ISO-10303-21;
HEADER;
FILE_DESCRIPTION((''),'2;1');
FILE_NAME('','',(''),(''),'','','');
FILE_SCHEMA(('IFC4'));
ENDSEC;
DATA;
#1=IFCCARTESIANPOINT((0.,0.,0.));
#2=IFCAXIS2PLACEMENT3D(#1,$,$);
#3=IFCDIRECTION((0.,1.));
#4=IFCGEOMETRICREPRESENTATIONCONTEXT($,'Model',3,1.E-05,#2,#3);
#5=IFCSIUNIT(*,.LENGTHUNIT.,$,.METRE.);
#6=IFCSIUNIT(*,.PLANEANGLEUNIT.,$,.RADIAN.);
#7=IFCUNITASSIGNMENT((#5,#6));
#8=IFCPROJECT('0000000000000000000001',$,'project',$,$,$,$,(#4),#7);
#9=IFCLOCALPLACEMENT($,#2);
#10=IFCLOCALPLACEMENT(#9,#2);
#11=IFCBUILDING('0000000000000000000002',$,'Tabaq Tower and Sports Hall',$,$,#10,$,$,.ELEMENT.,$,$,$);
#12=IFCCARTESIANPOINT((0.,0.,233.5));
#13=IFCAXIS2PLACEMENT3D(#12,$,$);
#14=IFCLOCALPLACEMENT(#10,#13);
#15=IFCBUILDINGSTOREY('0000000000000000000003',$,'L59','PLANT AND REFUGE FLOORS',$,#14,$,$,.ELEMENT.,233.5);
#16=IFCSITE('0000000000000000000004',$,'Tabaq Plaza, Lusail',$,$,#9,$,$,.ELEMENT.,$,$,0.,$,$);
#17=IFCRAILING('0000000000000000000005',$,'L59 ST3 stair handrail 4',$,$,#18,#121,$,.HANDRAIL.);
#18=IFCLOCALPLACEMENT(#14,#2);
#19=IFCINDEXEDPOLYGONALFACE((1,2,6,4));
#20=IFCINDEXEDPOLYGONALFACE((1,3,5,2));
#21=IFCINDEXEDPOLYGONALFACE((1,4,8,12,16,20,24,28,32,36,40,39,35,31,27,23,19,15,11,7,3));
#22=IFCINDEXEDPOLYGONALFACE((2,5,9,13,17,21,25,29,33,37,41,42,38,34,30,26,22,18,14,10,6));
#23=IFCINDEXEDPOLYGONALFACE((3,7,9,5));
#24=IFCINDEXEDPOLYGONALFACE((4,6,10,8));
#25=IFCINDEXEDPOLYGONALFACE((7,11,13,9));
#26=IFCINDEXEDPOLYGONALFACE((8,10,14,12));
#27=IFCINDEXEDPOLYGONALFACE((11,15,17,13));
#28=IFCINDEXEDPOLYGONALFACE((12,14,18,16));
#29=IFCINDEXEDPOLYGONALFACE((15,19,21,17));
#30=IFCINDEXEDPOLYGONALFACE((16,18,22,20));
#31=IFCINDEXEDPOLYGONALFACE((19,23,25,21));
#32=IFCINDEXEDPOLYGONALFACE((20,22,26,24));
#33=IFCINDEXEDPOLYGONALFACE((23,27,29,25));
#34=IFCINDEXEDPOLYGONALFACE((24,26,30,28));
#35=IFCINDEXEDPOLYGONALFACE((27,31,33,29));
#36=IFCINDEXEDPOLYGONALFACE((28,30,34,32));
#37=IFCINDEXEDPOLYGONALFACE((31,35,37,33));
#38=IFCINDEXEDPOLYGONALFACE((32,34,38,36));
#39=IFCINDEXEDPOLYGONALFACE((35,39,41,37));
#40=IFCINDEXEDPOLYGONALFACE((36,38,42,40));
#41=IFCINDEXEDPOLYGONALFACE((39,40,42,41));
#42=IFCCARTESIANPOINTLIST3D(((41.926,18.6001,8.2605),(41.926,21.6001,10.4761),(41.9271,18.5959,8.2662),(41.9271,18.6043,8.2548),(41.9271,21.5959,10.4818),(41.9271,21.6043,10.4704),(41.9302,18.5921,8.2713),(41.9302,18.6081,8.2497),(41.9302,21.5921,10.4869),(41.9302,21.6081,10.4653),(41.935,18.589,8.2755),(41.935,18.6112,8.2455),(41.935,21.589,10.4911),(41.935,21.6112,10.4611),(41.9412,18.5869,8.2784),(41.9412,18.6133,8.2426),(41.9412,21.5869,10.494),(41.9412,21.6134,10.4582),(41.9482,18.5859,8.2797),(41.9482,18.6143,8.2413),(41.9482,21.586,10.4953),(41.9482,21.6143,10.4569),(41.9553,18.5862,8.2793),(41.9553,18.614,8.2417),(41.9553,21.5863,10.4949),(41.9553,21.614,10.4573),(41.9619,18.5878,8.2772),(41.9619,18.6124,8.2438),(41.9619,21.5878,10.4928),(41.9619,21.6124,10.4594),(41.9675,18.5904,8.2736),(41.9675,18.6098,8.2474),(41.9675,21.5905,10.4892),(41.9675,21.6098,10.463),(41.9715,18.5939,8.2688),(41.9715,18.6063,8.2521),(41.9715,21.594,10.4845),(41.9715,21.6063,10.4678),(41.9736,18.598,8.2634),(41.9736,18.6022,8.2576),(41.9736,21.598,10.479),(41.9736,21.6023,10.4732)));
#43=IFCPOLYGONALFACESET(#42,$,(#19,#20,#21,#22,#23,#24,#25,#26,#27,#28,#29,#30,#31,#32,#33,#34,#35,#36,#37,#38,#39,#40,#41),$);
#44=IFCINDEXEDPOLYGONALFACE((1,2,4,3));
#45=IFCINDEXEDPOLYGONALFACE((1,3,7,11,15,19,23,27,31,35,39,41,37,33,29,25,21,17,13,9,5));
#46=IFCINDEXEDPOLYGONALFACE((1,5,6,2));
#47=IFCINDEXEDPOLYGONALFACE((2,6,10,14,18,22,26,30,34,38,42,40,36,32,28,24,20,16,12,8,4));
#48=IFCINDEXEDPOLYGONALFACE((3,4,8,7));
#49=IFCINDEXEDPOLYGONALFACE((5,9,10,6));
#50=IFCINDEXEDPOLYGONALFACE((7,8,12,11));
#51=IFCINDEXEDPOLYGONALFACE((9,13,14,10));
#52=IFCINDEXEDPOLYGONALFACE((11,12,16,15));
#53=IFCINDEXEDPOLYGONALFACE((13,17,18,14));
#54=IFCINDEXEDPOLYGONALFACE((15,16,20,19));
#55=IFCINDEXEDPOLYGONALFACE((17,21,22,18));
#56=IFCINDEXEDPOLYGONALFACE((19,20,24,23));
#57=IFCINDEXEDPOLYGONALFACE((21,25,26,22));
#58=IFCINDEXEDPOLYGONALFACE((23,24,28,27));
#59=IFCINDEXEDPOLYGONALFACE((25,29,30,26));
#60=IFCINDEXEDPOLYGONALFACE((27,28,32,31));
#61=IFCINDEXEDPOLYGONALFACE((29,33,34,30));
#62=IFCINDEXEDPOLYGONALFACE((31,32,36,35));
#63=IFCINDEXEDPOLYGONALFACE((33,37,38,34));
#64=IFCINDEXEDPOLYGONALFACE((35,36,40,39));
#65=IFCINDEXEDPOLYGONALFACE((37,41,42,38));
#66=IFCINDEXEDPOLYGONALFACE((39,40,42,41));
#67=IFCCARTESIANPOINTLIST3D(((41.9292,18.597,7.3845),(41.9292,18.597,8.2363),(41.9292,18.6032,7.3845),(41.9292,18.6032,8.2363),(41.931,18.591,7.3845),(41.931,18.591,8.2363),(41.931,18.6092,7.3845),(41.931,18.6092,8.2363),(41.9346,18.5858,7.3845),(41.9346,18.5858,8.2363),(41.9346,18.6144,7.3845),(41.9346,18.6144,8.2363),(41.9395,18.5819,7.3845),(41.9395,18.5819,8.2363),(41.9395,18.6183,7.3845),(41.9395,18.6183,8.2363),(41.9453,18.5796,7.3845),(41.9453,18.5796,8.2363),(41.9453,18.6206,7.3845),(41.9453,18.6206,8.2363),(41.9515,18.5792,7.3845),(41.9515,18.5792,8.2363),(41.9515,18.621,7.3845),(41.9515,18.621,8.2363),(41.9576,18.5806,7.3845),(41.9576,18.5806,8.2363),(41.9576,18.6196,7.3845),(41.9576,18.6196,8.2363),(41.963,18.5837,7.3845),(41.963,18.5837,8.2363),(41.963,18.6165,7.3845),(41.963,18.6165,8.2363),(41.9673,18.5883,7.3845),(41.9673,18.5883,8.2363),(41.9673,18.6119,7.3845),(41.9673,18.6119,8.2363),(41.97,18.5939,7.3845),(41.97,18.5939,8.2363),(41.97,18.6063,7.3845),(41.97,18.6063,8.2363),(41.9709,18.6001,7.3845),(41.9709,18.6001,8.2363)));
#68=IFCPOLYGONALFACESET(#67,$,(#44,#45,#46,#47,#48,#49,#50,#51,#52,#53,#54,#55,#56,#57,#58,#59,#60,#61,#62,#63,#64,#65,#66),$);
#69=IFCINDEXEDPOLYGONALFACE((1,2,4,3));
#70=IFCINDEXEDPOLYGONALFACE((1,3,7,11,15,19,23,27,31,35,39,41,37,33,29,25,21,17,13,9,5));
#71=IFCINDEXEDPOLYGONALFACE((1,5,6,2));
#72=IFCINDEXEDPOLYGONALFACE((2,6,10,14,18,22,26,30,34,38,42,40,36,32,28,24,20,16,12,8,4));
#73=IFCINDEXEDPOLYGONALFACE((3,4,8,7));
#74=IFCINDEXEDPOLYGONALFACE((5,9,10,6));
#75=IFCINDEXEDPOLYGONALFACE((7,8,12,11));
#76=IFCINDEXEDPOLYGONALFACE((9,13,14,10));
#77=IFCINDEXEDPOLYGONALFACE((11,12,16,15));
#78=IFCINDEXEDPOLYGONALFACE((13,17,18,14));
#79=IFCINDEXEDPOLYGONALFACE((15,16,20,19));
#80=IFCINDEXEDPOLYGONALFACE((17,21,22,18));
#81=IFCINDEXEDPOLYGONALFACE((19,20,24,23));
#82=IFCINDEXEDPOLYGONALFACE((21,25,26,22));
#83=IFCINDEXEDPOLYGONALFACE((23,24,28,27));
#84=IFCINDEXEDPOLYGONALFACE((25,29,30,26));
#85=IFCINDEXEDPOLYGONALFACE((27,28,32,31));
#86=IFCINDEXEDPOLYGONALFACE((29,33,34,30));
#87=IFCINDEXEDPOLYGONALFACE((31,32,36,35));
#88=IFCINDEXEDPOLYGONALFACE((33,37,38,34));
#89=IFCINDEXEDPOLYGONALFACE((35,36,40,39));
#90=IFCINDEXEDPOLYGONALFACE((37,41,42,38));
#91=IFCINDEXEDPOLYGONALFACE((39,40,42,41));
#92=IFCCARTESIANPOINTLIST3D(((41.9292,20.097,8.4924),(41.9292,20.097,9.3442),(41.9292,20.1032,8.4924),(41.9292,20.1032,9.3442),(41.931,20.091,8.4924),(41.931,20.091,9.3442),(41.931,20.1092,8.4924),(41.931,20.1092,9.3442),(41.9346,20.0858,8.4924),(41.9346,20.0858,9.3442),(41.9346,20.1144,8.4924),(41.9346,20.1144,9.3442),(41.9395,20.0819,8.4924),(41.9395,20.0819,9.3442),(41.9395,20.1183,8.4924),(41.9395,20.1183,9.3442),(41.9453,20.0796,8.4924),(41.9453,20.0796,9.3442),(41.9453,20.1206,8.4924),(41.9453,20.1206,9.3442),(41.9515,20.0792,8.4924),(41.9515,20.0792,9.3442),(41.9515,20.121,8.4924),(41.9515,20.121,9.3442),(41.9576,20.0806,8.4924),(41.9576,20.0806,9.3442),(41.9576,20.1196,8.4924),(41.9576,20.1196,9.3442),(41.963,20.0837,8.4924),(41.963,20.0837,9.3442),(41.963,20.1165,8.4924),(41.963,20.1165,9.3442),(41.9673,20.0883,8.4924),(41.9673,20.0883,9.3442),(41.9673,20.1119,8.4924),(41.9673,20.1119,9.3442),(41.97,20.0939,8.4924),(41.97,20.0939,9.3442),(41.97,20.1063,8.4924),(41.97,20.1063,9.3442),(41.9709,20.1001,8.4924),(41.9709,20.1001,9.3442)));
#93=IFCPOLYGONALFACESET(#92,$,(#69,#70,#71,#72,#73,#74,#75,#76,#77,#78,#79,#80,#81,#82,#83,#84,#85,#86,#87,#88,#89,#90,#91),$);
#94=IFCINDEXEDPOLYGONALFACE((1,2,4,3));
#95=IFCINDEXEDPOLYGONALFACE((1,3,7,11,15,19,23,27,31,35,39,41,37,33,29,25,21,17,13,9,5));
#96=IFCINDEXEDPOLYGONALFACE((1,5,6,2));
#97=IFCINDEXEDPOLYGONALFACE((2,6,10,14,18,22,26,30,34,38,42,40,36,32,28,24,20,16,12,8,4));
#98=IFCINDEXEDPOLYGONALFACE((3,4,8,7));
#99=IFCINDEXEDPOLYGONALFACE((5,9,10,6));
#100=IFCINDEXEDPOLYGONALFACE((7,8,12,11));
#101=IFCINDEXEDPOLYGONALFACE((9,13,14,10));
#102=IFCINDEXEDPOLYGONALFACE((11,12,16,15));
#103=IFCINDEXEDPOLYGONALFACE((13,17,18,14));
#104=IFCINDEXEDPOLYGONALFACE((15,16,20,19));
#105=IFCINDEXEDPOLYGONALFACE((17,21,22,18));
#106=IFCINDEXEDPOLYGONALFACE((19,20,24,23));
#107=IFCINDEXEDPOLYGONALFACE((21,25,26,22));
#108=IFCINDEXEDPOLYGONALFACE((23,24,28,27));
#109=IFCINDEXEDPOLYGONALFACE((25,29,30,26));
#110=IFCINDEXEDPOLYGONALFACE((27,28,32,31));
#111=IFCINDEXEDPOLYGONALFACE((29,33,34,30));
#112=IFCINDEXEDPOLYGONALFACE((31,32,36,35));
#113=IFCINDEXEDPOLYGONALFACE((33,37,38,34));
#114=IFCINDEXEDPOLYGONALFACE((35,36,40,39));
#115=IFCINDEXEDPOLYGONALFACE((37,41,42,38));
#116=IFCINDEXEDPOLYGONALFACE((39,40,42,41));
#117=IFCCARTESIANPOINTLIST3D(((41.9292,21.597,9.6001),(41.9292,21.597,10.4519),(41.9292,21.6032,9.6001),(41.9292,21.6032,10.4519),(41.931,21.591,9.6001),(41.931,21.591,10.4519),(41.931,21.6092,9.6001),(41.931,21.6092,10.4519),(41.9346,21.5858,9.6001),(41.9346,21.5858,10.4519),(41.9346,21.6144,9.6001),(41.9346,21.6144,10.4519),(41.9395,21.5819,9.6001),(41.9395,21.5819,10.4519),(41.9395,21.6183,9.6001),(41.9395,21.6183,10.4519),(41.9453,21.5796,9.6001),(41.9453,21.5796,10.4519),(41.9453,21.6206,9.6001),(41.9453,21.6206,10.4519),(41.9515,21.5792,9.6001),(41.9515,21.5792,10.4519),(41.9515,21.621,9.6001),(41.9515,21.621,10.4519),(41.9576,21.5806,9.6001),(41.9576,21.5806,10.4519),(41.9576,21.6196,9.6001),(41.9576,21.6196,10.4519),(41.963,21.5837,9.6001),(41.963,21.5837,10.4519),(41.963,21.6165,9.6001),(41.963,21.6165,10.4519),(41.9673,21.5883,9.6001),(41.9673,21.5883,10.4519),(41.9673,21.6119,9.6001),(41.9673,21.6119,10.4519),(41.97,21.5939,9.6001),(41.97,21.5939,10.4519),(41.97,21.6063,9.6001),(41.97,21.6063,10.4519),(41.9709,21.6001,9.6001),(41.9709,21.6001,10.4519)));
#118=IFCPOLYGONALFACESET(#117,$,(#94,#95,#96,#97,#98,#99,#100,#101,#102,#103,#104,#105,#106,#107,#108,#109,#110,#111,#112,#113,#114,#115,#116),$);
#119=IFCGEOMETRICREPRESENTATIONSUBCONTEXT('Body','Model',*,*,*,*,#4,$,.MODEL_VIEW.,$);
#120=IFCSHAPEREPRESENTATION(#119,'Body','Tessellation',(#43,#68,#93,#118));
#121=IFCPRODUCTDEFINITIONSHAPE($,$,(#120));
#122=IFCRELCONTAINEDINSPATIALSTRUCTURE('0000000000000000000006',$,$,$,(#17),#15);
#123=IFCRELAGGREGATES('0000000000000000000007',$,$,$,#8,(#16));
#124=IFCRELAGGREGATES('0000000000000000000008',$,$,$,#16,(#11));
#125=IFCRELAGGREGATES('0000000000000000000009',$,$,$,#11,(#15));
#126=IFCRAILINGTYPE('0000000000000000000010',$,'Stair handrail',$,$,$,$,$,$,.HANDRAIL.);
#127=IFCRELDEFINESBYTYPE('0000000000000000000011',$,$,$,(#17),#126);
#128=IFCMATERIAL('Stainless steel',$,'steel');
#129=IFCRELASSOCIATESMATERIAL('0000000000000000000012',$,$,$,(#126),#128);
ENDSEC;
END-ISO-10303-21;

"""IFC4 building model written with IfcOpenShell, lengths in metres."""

from ifc_helpers import new_model, si_unit, direction, frame, origin, origin_2d, place, context, subcontext, project, spatial, circle, extrude, material, type_object, element, save


model = new_model("IFC4")

# Units and contexts
model_context = context("Model", 3, precision=1e-05, world=origin(), true_north=direction((0.0, 1.0)))
body_context = subcontext(model_context, "Body", "Model", "MODEL_VIEW")
ifc_project = project(units=[si_unit("LENGTHUNIT", "METRE"), si_unit("PLANEANGLEUNIT", "RADIAN")], contexts=[model_context])

# Site, building, storey
site_placement = place(None, origin())
site = spatial("IfcSite", under=ifc_project, at=site_placement, Name="Tabaq Plaza, Lusail", CompositionType="ELEMENT", RefElevation=0.0)
building_placement = place(site_placement, origin())
building = spatial("IfcBuilding", under=site, at=building_placement, Name="Tabaq Tower and Sports Hall", CompositionType="ELEMENT")
storey_placement = place(building_placement, frame((0.0, 0.0, 233.5)))
storey = spatial("IfcBuildingStorey", under=building, at=storey_placement, Name="L59", Description="PLANT AND REFUGE FLOORS", CompositionType="ELEMENT", Elevation=233.5)

# Railing
ifc_material_1 = material(Name="Stainless steel", Category="steel")
railing_type_1 = type_object("IfcRailingType", Name="Stair handrail", PredefinedType="HANDRAIL", material=ifc_material_1)
railing_1_placement = place(storey_placement, frame((41.95, 18.6001, 7.3845)))
element("IfcRailing", 1, at=railing_1_placement, inside=storey, type_object=railing_type_1, Name="L59 ST3 stair handrail 4", PredefinedType="HANDRAIL", context=body_context, shape_type="SweptSolid", body=[
    extrude(circle(Radius=0.0239, at=origin_2d()), frame((0.0, 0.0, 0.876), z_axis=(0.0, 0.804409, 0.594076), x_axis=(-1.0, 0.0, 0.0)), (0.0, 0.0, 1.0), 3.7295),
    extrude(circle(Radius=0.021, at=origin_2d()), origin(), (0.0, 0.0, 1.0), 0.8518),
    extrude(circle(Radius=0.021, at=origin_2d()), frame((0.0, 1.5, 1.1079)), (0.0, 0.0, 1.0), 0.8518),
    extrude(circle(Radius=0.021, at=origin_2d()), frame((0.0, 3.0, 2.2156)), (0.0, 0.0, 1.0), 0.8518),
])

save(model, "model.ifc")
